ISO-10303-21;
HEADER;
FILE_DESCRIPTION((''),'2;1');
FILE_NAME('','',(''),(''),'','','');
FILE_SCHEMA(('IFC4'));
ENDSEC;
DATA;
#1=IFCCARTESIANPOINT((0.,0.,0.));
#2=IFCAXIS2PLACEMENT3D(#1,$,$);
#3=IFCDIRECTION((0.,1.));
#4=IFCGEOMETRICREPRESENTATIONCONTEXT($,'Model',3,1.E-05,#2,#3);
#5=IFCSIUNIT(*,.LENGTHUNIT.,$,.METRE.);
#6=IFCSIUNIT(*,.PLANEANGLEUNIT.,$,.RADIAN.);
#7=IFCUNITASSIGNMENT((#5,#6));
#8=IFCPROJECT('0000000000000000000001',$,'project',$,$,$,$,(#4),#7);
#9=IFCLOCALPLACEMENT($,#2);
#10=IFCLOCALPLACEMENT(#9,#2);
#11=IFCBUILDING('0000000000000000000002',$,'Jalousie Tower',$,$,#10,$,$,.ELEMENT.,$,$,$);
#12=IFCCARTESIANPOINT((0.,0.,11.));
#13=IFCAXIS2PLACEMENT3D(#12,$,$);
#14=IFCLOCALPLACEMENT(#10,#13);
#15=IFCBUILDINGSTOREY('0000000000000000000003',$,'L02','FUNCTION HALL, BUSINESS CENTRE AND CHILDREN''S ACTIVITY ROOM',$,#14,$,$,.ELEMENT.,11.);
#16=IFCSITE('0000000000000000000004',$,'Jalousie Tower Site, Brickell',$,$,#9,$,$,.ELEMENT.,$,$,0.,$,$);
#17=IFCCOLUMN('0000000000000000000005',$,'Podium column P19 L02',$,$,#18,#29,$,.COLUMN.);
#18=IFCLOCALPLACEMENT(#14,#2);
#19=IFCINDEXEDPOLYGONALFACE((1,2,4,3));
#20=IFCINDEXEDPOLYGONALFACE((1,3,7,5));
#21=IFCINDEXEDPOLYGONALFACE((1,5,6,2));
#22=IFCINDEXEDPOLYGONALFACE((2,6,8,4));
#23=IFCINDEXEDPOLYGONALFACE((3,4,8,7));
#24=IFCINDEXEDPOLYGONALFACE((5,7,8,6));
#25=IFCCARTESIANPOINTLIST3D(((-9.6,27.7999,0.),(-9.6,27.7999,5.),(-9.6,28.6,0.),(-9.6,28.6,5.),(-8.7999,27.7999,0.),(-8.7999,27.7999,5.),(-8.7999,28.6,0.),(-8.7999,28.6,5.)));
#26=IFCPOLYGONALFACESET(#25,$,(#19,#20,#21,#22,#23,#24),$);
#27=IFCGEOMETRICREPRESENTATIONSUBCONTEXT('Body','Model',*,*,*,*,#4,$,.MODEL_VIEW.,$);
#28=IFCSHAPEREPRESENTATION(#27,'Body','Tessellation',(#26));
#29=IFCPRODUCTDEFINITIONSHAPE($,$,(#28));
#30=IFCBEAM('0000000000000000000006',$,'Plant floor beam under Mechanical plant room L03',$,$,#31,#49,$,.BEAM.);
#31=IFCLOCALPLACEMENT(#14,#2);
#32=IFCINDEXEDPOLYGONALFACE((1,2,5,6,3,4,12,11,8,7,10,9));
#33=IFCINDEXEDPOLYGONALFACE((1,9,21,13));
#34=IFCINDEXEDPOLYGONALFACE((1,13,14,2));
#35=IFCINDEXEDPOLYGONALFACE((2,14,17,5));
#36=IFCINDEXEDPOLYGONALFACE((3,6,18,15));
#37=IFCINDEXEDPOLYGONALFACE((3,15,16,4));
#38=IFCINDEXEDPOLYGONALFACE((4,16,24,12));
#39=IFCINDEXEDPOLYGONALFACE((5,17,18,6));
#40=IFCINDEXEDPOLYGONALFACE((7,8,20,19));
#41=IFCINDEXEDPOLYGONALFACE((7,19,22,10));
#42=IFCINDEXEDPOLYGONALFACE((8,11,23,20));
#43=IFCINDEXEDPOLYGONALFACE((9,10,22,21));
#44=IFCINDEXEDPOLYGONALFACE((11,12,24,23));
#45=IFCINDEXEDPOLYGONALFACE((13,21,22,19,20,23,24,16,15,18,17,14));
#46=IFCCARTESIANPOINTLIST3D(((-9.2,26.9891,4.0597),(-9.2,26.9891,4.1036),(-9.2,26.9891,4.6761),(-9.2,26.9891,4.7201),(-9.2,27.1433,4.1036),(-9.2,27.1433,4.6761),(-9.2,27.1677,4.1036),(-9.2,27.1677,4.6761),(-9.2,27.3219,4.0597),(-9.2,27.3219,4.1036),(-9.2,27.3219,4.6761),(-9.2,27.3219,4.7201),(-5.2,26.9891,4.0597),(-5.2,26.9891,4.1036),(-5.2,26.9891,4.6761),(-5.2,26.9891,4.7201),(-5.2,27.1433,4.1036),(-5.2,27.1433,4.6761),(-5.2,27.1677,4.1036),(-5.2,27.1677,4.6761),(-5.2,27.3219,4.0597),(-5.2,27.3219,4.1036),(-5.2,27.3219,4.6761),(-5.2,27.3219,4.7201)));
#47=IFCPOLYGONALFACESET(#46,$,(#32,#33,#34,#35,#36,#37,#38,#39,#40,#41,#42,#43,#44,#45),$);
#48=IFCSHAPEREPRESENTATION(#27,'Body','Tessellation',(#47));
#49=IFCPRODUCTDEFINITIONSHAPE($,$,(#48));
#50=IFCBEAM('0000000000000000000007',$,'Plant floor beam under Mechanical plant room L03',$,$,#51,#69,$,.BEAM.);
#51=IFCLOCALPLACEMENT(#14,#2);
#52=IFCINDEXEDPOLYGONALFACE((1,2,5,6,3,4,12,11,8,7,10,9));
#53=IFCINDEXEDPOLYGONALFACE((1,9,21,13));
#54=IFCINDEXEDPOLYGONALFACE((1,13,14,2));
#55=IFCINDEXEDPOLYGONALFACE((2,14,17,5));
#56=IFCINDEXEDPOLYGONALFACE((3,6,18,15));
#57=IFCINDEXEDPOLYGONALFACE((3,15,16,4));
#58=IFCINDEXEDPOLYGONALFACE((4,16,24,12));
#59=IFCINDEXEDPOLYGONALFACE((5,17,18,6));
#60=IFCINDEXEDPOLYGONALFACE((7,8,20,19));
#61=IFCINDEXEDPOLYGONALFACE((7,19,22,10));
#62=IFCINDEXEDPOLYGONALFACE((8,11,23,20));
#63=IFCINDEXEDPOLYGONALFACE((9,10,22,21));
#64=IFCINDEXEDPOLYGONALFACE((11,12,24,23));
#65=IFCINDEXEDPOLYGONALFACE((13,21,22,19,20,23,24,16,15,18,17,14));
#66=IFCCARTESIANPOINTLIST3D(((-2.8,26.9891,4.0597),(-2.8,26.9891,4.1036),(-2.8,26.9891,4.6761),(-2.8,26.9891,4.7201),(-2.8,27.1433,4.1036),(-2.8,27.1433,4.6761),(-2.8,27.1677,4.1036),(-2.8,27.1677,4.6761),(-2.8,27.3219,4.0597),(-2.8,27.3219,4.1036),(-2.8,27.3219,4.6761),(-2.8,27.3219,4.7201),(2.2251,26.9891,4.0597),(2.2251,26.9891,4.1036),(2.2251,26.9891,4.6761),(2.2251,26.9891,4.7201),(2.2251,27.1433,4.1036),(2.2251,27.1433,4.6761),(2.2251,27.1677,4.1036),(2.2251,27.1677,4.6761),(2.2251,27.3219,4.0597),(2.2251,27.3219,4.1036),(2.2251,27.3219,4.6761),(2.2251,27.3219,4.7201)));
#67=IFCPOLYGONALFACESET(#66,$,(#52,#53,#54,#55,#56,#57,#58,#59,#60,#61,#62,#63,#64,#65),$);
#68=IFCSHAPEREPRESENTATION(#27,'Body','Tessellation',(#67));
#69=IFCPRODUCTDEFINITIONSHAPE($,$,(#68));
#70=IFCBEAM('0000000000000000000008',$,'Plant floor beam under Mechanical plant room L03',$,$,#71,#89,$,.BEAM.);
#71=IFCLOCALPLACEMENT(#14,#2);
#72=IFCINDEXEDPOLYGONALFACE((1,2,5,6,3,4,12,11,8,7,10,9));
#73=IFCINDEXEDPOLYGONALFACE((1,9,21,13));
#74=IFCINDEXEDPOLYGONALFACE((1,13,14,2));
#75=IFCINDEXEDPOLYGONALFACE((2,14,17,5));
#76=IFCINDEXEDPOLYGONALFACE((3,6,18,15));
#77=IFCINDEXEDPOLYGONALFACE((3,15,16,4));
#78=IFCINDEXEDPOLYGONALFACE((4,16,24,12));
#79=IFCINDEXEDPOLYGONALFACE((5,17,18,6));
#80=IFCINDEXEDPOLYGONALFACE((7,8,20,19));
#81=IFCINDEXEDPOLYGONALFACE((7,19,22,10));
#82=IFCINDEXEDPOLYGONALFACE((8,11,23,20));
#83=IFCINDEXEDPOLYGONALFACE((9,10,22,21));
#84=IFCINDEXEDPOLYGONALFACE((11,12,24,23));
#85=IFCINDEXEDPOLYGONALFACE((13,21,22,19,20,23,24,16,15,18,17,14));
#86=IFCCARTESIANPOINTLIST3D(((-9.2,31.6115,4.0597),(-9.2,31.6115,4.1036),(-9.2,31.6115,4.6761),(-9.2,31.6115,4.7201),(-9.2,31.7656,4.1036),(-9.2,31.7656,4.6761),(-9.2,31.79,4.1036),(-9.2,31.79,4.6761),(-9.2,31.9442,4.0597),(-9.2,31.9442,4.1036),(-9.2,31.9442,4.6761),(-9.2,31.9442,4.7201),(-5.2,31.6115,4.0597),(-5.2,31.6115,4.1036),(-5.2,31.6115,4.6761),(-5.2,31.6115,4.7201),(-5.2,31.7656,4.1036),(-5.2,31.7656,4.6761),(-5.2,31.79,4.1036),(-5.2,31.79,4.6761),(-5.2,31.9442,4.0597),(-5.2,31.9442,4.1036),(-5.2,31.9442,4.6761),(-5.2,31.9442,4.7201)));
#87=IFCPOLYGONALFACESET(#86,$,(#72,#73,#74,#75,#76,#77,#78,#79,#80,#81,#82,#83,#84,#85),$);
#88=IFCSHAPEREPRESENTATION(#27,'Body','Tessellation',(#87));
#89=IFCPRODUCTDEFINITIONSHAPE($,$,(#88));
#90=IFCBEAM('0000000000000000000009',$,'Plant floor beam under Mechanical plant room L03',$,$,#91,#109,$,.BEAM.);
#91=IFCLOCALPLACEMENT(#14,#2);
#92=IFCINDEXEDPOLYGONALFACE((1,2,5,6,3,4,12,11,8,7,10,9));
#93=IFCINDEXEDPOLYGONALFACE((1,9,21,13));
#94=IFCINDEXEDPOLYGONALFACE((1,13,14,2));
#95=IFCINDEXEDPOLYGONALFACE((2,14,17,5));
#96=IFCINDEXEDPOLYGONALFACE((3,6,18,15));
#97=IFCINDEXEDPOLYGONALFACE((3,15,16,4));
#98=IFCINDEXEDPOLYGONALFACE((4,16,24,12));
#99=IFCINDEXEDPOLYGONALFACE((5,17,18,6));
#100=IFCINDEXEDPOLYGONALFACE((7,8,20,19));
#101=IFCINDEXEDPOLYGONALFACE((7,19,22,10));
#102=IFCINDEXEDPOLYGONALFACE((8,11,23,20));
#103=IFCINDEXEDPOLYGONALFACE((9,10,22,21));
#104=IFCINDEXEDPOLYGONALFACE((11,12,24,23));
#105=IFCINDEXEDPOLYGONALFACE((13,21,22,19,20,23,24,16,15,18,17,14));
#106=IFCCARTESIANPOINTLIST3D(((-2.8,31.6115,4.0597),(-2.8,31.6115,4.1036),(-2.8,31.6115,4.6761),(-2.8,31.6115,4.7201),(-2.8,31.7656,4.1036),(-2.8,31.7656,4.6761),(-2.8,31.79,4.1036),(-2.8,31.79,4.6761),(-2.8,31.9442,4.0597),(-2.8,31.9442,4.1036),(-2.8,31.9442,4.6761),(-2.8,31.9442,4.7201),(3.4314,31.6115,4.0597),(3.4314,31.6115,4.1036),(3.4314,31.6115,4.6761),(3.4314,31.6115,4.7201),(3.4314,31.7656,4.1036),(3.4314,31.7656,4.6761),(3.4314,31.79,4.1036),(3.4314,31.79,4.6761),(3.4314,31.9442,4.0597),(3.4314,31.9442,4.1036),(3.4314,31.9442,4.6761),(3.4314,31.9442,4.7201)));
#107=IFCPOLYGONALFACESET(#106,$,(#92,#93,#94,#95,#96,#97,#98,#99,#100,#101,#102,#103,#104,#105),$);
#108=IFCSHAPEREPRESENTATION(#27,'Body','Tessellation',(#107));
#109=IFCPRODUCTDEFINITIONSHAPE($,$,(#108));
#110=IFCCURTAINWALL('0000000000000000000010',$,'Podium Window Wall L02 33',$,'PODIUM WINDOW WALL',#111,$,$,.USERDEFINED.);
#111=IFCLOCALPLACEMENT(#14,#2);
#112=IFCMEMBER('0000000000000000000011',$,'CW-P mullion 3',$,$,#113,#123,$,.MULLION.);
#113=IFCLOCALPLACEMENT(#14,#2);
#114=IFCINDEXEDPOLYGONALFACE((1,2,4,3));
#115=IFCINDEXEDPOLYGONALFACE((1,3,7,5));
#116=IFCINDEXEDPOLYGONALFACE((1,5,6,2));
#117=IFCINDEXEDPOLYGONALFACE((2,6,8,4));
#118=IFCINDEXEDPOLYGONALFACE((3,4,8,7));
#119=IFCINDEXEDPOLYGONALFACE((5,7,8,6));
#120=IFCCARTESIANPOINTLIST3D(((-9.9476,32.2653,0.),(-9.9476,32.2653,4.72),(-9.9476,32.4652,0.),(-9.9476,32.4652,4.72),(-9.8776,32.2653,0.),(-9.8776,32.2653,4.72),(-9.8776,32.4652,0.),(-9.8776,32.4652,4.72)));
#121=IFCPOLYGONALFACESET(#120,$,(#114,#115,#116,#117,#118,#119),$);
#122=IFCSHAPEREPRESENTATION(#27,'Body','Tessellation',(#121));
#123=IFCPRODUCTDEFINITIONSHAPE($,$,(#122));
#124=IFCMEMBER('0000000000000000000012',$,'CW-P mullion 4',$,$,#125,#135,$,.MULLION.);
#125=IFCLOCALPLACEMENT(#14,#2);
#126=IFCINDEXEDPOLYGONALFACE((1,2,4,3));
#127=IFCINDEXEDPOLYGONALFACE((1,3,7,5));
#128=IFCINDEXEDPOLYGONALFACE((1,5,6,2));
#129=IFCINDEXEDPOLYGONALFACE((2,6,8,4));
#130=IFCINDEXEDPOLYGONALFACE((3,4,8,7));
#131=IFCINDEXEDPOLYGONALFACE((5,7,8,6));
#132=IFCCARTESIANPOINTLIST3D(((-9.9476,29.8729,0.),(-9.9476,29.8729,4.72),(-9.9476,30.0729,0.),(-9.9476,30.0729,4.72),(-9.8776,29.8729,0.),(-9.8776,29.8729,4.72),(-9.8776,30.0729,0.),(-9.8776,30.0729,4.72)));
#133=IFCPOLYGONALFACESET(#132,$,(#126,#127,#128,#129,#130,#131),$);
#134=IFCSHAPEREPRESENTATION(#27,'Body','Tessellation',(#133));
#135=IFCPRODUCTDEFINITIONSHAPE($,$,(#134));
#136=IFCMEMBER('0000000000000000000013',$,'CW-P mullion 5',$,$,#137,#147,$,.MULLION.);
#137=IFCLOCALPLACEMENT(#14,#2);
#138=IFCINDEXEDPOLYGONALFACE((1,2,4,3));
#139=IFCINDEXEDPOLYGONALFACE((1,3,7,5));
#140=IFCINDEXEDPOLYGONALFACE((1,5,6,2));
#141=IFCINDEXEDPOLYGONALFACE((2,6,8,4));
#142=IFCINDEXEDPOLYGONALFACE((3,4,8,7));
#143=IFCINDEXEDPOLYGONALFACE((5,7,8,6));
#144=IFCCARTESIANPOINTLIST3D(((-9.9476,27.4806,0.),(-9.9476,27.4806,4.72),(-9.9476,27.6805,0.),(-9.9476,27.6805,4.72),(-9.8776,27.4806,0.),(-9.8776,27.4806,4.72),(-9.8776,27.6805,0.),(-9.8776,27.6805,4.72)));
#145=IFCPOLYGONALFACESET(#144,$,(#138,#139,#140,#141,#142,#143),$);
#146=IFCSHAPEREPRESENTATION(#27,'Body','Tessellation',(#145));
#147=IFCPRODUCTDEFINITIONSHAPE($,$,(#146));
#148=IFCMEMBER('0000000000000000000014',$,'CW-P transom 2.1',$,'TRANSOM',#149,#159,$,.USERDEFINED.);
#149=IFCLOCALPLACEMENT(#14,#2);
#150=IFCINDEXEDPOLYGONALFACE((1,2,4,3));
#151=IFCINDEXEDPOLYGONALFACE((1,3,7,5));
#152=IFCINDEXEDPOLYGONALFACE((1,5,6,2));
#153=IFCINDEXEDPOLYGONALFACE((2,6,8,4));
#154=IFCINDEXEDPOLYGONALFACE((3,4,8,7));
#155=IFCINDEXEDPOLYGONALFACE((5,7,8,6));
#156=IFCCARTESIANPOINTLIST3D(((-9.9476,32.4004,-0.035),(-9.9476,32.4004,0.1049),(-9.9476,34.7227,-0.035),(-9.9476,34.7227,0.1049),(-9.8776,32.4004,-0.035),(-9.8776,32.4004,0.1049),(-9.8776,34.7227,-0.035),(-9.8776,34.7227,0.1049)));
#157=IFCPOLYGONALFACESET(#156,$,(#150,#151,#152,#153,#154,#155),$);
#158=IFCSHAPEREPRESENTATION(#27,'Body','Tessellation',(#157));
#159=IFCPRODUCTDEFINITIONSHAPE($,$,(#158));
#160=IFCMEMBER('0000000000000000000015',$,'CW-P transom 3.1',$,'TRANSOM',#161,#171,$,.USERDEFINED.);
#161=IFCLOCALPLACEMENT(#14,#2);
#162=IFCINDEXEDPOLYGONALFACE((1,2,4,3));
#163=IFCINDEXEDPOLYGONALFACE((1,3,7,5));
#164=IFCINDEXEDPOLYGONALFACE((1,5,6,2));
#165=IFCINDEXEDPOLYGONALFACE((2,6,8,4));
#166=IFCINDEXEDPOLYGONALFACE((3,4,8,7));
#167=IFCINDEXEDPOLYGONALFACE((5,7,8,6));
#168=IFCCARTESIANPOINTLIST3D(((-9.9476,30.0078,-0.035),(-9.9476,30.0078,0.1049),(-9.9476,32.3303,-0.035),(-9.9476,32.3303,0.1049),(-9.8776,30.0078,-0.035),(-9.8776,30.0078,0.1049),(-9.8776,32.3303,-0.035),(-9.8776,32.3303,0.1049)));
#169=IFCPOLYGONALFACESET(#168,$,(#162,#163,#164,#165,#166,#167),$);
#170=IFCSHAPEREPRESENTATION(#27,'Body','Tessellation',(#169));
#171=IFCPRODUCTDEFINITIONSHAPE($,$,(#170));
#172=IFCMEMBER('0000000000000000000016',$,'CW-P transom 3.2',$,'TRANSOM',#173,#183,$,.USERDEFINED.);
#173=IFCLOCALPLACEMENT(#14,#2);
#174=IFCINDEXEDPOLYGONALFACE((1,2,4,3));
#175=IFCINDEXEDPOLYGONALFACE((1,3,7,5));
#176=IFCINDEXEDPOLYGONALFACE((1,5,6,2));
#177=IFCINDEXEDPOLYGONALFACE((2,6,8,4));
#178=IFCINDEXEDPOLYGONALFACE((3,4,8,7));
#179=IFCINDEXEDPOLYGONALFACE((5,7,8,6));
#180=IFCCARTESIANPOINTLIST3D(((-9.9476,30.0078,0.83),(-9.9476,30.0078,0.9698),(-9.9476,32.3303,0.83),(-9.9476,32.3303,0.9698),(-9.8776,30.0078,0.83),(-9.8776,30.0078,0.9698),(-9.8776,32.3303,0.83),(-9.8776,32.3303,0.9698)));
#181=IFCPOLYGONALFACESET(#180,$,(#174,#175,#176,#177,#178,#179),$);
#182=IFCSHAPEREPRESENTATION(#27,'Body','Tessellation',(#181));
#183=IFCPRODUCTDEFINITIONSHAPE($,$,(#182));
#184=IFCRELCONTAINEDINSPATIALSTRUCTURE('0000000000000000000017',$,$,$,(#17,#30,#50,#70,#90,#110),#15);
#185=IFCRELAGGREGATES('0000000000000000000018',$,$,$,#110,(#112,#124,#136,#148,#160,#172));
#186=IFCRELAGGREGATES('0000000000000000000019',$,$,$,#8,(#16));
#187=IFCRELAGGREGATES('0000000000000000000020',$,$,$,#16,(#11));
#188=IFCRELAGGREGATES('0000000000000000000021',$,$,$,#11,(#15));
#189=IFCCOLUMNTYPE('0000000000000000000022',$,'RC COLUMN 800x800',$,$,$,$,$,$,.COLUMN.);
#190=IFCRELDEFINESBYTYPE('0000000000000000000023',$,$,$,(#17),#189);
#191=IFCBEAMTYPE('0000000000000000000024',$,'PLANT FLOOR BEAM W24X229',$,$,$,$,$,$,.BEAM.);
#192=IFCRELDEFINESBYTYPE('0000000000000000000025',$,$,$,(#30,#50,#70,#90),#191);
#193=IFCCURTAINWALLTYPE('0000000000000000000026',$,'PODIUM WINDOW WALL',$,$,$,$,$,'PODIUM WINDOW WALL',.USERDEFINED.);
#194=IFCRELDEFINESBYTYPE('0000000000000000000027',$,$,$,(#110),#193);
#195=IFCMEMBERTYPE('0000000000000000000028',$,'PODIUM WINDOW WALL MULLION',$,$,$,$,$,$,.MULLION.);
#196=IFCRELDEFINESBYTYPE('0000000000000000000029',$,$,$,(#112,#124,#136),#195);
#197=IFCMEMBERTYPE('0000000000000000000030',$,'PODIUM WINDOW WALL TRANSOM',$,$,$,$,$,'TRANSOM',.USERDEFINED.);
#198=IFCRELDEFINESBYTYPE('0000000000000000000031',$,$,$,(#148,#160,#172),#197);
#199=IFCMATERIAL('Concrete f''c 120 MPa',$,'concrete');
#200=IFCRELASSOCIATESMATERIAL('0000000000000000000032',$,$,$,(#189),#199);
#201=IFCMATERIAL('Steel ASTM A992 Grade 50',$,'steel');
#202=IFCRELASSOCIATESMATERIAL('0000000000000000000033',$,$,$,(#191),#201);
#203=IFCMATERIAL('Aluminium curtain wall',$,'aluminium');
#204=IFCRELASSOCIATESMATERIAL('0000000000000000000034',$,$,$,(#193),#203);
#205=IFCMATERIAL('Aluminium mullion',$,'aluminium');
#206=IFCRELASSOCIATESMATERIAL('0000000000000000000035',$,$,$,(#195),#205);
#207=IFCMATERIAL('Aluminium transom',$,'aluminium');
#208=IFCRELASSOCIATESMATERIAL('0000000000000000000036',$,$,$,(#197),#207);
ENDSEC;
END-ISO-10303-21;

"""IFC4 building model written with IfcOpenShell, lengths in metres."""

from ifc_helpers import new_model, si_unit, direction, frame, origin, origin_2d, place, context, subcontext, project, spatial, rectangle, i_section, extrude, material, material_profile, profile_set, type_object, element, aggregate, save


model = new_model("IFC4")

# Units and contexts
model_context = context("Model", 3, precision=1e-05, world=origin(), true_north=direction((0.0, 1.0)))
body_context = subcontext(model_context, "Body", "Model", "MODEL_VIEW")
ifc_project = project(units=[si_unit("LENGTHUNIT", "METRE"), si_unit("PLANEANGLEUNIT", "RADIAN")], contexts=[model_context])

# Site, building, storey
site_placement = place(None, origin())
site = spatial("IfcSite", under=ifc_project, at=site_placement, Name="Jalousie Tower Site, Brickell", CompositionType="ELEMENT", RefElevation=0.0)
building_placement = place(site_placement, origin())
building = spatial("IfcBuilding", under=site, at=building_placement, Name="Jalousie Tower", CompositionType="ELEMENT")
storey_placement = place(building_placement, frame((0.0, 0.0, 11.0)))
storey = spatial("IfcBuildingStorey", under=building, at=storey_placement, Name="L02", Description="FUNCTION HALL, BUSINESS CENTRE AND CHILDREN'S ACTIVITY ROOM", CompositionType="ELEMENT", Elevation=11.0)

# Column
ifc_material_1 = material(Name="Concrete f'c 120 MPa", Category="concrete")
ifc_material_profile_1 = material_profile(ifc_material_1, rectangle(XDim=0.8, YDim=0.8, at=origin_2d()), Name="RC 800x800")
ifc_profile_set_1 = profile_set([ifc_material_profile_1], Name="Concrete f'c 120 MPa")
column_type = type_object("IfcColumnType", Name="RC COLUMN 800x800", PredefinedType="COLUMN", material=ifc_profile_set_1)
column_placement = place(storey_placement, frame((-9.2, 28.2, 0.0), z_axis=(0.0, 0.0, 1.0), x_axis=(1.0, 0.0, 0.0)))
element("IfcColumn", 1, at=column_placement, inside=storey, type_object=column_type, Name="Podium column P19 L02", PredefinedType="COLUMN", context=body_context, shape_type="SweptSolid", body=[
    extrude(rectangle(XDim=0.8, YDim=0.8, at=origin_2d()), origin(), (0.0, 0.0, 1.0), 5.0),
])

# Beams
ifc_material_2 = material(Name="Steel ASTM A992 Grade 50", Category="steel")
ifc_material_profile_2 = material_profile(ifc_material_2, i_section(OverallWidth=0.3328, OverallDepth=0.6604, WebThickness=0.0244, FlangeThickness=0.0439, at=origin_2d()), Name="W24X229")
ifc_profile_set_2 = profile_set([ifc_material_profile_2], Name="Steel ASTM A992 Grade 50")
beam_type_1 = type_object("IfcBeamType", Name="PLANT FLOOR BEAM W24X229", PredefinedType="BEAM", material=ifc_profile_set_2)
beam_1_placement = place(storey_placement, frame((-9.2, 27.1555, 4.3899), z_axis=(1.0, 0.0, 0.0), x_axis=(0.0, 1.0, 0.0)))
element("IfcBeam", 2, at=beam_1_placement, inside=storey, type_object=beam_type_1, Name="Plant floor beam under Mechanical plant room L03", PredefinedType="BEAM", context=body_context, shape_type="SweptSolid", body=[
    extrude(i_section(OverallWidth=0.3328, OverallDepth=0.6604, WebThickness=0.0244, FlangeThickness=0.0439, at=origin_2d()), origin(), (0.0, 0.0, 1.0), 4.0),
])
beam_2_placement = place(storey_placement, frame((-2.8, 27.1555, 4.3899), z_axis=(1.0, 0.0, 0.0), x_axis=(0.0, 1.0, 0.0)))
element("IfcBeam", 3, at=beam_2_placement, inside=storey, type_object=beam_type_1, Name="Plant floor beam under Mechanical plant room L03", PredefinedType="BEAM", context=body_context, shape_type="SweptSolid", body=[
    extrude(i_section(OverallWidth=0.3328, OverallDepth=0.6604, WebThickness=0.0244, FlangeThickness=0.0439, at=origin_2d()), origin(), (0.0, 0.0, 1.0), 5.0251),
])
beam_3_placement = place(storey_placement, frame((-9.2, 31.7778, 4.3899), z_axis=(1.0, 0.0, 0.0), x_axis=(0.0, 1.0, 0.0)))
element("IfcBeam", 4, at=beam_3_placement, inside=storey, type_object=beam_type_1, Name="Plant floor beam under Mechanical plant room L03", PredefinedType="BEAM", context=body_context, shape_type="SweptSolid", body=[
    extrude(i_section(OverallWidth=0.3328, OverallDepth=0.6604, WebThickness=0.0244, FlangeThickness=0.0439, at=origin_2d()), origin(), (0.0, 0.0, 1.0), 4.0),
])
beam_4_placement = place(storey_placement, frame((-2.8, 31.7778, 4.3899), z_axis=(1.0, 0.0, 0.0), x_axis=(0.0, 1.0, 0.0)))
element("IfcBeam", 5, at=beam_4_placement, inside=storey, type_object=beam_type_1, Name="Plant floor beam under Mechanical plant room L03", PredefinedType="BEAM", context=body_context, shape_type="SweptSolid", body=[
    extrude(i_section(OverallWidth=0.3328, OverallDepth=0.6604, WebThickness=0.0244, FlangeThickness=0.0439, at=origin_2d()), origin(), (0.0, 0.0, 1.0), 6.2314),
])

# Curtain wall, members
ifc_material_3 = material(Name="Aluminium curtain wall", Category="aluminium")
curtain_wall_type = type_object("IfcCurtainWallType", Name="PODIUM WINDOW WALL", ElementType="PODIUM WINDOW WALL", PredefinedType="USERDEFINED", material=ifc_material_3)
curtain_wall_placement = place(storey_placement, origin())
curtain_wall = element("IfcCurtainWall", 6, at=curtain_wall_placement, inside=storey, type_object=curtain_wall_type, Name="Podium Window Wall L02 33", ObjectType="PODIUM WINDOW WALL", PredefinedType="USERDEFINED")
ifc_material_4 = material(Name="Aluminium mullion", Category="aluminium")
ifc_material_profile_3 = material_profile(ifc_material_4, rectangle(XDim=0.0701, YDim=0.2, at=origin_2d()), Name="MULLION 70x200")
ifc_profile_set_3 = profile_set([ifc_material_profile_3], Name="Aluminium mullion")
member_type_1 = type_object("IfcMemberType", Name="PODIUM WINDOW WALL MULLION", PredefinedType="MULLION", material=ifc_profile_set_3)
member_1_placement = place(storey_placement, frame((-9.9126, 32.3652, 0.0), z_axis=(0.0, 0.0, 1.0), x_axis=(1.0, 0.0, 0.0)))
member_1 = element("IfcMember", 7, at=member_1_placement, type_object=member_type_1, Name="CW-P mullion 3", PredefinedType="MULLION", context=body_context, shape_type="SweptSolid", body=[
    extrude(rectangle(XDim=0.0701, YDim=0.2, at=origin_2d()), origin(), (0.0, 0.0, 1.0), 4.72),
])
member_2_placement = place(storey_placement, frame((-9.9126, 29.9729, 0.0), z_axis=(0.0, 0.0, 1.0), x_axis=(1.0, 0.0, 0.0)))
member_2 = element("IfcMember", 8, at=member_2_placement, type_object=member_type_1, Name="CW-P mullion 4", PredefinedType="MULLION", context=body_context, shape_type="SweptSolid", body=[
    extrude(rectangle(XDim=0.0701, YDim=0.2, at=origin_2d()), origin(), (0.0, 0.0, 1.0), 4.72),
])
member_3_placement = place(storey_placement, frame((-9.9126, 27.5806, 0.0), z_axis=(0.0, 0.0, 1.0), x_axis=(1.0, 0.0, 0.0)))
member_3 = element("IfcMember", 9, at=member_3_placement, type_object=member_type_1, Name="CW-P mullion 5", PredefinedType="MULLION", context=body_context, shape_type="SweptSolid", body=[
    extrude(rectangle(XDim=0.0701, YDim=0.2, at=origin_2d()), origin(), (0.0, 0.0, 1.0), 4.72),
])
ifc_material_5 = material(Name="Aluminium transom", Category="aluminium")
ifc_material_profile_4 = material_profile(ifc_material_5, rectangle(XDim=0.0701, YDim=0.1399, at=origin_2d()), Name="TRANSOM 70x140")
ifc_profile_set_4 = profile_set([ifc_material_profile_4], Name="Aluminium transom")
member_type_2 = type_object("IfcMemberType", Name="PODIUM WINDOW WALL TRANSOM", ElementType="TRANSOM", PredefinedType="USERDEFINED", material=ifc_profile_set_4)
member_4_placement = place(storey_placement, frame((-9.9126, 34.7227, 0.0349), z_axis=(0.0, -1.0, 0.0), x_axis=(1.0, 0.0, 0.0)))
member_4 = element("IfcMember", 10, at=member_4_placement, type_object=member_type_2, Name="CW-P transom 2.1", ObjectType="TRANSOM", PredefinedType="USERDEFINED", context=body_context, shape_type="SweptSolid", body=[
    extrude(rectangle(XDim=0.0701, YDim=0.1399, at=origin_2d()), origin(), (0.0, 0.0, 1.0), 2.3223),
])
member_5_placement = place(storey_placement, frame((-9.9126, 32.3303, 0.0349), z_axis=(0.0, -1.0, 0.0), x_axis=(1.0, 0.0, 0.0)))
member_5 = element("IfcMember", 11, at=member_5_placement, type_object=member_type_2, Name="CW-P transom 3.1", ObjectType="TRANSOM", PredefinedType="USERDEFINED", context=body_context, shape_type="SweptSolid", body=[
    extrude(rectangle(XDim=0.0701, YDim=0.1399, at=origin_2d()), origin(), (0.0, 0.0, 1.0), 2.3225),
])
member_6_placement = place(storey_placement, frame((-9.9126, 32.3303, 0.8999), z_axis=(0.0, -1.0, 0.0), x_axis=(1.0, 0.0, 0.0)))
member_6 = element("IfcMember", 12, at=member_6_placement, type_object=member_type_2, Name="CW-P transom 3.2", ObjectType="TRANSOM", PredefinedType="USERDEFINED", context=body_context, shape_type="SweptSolid", body=[
    extrude(rectangle(XDim=0.0701, YDim=0.1399, at=origin_2d()), origin(), (0.0, 0.0, 1.0), 2.3225),
])

aggregate(curtain_wall, [member_1, member_2, member_3, member_4, member_5, member_6])

save(model, "model.ifc")
